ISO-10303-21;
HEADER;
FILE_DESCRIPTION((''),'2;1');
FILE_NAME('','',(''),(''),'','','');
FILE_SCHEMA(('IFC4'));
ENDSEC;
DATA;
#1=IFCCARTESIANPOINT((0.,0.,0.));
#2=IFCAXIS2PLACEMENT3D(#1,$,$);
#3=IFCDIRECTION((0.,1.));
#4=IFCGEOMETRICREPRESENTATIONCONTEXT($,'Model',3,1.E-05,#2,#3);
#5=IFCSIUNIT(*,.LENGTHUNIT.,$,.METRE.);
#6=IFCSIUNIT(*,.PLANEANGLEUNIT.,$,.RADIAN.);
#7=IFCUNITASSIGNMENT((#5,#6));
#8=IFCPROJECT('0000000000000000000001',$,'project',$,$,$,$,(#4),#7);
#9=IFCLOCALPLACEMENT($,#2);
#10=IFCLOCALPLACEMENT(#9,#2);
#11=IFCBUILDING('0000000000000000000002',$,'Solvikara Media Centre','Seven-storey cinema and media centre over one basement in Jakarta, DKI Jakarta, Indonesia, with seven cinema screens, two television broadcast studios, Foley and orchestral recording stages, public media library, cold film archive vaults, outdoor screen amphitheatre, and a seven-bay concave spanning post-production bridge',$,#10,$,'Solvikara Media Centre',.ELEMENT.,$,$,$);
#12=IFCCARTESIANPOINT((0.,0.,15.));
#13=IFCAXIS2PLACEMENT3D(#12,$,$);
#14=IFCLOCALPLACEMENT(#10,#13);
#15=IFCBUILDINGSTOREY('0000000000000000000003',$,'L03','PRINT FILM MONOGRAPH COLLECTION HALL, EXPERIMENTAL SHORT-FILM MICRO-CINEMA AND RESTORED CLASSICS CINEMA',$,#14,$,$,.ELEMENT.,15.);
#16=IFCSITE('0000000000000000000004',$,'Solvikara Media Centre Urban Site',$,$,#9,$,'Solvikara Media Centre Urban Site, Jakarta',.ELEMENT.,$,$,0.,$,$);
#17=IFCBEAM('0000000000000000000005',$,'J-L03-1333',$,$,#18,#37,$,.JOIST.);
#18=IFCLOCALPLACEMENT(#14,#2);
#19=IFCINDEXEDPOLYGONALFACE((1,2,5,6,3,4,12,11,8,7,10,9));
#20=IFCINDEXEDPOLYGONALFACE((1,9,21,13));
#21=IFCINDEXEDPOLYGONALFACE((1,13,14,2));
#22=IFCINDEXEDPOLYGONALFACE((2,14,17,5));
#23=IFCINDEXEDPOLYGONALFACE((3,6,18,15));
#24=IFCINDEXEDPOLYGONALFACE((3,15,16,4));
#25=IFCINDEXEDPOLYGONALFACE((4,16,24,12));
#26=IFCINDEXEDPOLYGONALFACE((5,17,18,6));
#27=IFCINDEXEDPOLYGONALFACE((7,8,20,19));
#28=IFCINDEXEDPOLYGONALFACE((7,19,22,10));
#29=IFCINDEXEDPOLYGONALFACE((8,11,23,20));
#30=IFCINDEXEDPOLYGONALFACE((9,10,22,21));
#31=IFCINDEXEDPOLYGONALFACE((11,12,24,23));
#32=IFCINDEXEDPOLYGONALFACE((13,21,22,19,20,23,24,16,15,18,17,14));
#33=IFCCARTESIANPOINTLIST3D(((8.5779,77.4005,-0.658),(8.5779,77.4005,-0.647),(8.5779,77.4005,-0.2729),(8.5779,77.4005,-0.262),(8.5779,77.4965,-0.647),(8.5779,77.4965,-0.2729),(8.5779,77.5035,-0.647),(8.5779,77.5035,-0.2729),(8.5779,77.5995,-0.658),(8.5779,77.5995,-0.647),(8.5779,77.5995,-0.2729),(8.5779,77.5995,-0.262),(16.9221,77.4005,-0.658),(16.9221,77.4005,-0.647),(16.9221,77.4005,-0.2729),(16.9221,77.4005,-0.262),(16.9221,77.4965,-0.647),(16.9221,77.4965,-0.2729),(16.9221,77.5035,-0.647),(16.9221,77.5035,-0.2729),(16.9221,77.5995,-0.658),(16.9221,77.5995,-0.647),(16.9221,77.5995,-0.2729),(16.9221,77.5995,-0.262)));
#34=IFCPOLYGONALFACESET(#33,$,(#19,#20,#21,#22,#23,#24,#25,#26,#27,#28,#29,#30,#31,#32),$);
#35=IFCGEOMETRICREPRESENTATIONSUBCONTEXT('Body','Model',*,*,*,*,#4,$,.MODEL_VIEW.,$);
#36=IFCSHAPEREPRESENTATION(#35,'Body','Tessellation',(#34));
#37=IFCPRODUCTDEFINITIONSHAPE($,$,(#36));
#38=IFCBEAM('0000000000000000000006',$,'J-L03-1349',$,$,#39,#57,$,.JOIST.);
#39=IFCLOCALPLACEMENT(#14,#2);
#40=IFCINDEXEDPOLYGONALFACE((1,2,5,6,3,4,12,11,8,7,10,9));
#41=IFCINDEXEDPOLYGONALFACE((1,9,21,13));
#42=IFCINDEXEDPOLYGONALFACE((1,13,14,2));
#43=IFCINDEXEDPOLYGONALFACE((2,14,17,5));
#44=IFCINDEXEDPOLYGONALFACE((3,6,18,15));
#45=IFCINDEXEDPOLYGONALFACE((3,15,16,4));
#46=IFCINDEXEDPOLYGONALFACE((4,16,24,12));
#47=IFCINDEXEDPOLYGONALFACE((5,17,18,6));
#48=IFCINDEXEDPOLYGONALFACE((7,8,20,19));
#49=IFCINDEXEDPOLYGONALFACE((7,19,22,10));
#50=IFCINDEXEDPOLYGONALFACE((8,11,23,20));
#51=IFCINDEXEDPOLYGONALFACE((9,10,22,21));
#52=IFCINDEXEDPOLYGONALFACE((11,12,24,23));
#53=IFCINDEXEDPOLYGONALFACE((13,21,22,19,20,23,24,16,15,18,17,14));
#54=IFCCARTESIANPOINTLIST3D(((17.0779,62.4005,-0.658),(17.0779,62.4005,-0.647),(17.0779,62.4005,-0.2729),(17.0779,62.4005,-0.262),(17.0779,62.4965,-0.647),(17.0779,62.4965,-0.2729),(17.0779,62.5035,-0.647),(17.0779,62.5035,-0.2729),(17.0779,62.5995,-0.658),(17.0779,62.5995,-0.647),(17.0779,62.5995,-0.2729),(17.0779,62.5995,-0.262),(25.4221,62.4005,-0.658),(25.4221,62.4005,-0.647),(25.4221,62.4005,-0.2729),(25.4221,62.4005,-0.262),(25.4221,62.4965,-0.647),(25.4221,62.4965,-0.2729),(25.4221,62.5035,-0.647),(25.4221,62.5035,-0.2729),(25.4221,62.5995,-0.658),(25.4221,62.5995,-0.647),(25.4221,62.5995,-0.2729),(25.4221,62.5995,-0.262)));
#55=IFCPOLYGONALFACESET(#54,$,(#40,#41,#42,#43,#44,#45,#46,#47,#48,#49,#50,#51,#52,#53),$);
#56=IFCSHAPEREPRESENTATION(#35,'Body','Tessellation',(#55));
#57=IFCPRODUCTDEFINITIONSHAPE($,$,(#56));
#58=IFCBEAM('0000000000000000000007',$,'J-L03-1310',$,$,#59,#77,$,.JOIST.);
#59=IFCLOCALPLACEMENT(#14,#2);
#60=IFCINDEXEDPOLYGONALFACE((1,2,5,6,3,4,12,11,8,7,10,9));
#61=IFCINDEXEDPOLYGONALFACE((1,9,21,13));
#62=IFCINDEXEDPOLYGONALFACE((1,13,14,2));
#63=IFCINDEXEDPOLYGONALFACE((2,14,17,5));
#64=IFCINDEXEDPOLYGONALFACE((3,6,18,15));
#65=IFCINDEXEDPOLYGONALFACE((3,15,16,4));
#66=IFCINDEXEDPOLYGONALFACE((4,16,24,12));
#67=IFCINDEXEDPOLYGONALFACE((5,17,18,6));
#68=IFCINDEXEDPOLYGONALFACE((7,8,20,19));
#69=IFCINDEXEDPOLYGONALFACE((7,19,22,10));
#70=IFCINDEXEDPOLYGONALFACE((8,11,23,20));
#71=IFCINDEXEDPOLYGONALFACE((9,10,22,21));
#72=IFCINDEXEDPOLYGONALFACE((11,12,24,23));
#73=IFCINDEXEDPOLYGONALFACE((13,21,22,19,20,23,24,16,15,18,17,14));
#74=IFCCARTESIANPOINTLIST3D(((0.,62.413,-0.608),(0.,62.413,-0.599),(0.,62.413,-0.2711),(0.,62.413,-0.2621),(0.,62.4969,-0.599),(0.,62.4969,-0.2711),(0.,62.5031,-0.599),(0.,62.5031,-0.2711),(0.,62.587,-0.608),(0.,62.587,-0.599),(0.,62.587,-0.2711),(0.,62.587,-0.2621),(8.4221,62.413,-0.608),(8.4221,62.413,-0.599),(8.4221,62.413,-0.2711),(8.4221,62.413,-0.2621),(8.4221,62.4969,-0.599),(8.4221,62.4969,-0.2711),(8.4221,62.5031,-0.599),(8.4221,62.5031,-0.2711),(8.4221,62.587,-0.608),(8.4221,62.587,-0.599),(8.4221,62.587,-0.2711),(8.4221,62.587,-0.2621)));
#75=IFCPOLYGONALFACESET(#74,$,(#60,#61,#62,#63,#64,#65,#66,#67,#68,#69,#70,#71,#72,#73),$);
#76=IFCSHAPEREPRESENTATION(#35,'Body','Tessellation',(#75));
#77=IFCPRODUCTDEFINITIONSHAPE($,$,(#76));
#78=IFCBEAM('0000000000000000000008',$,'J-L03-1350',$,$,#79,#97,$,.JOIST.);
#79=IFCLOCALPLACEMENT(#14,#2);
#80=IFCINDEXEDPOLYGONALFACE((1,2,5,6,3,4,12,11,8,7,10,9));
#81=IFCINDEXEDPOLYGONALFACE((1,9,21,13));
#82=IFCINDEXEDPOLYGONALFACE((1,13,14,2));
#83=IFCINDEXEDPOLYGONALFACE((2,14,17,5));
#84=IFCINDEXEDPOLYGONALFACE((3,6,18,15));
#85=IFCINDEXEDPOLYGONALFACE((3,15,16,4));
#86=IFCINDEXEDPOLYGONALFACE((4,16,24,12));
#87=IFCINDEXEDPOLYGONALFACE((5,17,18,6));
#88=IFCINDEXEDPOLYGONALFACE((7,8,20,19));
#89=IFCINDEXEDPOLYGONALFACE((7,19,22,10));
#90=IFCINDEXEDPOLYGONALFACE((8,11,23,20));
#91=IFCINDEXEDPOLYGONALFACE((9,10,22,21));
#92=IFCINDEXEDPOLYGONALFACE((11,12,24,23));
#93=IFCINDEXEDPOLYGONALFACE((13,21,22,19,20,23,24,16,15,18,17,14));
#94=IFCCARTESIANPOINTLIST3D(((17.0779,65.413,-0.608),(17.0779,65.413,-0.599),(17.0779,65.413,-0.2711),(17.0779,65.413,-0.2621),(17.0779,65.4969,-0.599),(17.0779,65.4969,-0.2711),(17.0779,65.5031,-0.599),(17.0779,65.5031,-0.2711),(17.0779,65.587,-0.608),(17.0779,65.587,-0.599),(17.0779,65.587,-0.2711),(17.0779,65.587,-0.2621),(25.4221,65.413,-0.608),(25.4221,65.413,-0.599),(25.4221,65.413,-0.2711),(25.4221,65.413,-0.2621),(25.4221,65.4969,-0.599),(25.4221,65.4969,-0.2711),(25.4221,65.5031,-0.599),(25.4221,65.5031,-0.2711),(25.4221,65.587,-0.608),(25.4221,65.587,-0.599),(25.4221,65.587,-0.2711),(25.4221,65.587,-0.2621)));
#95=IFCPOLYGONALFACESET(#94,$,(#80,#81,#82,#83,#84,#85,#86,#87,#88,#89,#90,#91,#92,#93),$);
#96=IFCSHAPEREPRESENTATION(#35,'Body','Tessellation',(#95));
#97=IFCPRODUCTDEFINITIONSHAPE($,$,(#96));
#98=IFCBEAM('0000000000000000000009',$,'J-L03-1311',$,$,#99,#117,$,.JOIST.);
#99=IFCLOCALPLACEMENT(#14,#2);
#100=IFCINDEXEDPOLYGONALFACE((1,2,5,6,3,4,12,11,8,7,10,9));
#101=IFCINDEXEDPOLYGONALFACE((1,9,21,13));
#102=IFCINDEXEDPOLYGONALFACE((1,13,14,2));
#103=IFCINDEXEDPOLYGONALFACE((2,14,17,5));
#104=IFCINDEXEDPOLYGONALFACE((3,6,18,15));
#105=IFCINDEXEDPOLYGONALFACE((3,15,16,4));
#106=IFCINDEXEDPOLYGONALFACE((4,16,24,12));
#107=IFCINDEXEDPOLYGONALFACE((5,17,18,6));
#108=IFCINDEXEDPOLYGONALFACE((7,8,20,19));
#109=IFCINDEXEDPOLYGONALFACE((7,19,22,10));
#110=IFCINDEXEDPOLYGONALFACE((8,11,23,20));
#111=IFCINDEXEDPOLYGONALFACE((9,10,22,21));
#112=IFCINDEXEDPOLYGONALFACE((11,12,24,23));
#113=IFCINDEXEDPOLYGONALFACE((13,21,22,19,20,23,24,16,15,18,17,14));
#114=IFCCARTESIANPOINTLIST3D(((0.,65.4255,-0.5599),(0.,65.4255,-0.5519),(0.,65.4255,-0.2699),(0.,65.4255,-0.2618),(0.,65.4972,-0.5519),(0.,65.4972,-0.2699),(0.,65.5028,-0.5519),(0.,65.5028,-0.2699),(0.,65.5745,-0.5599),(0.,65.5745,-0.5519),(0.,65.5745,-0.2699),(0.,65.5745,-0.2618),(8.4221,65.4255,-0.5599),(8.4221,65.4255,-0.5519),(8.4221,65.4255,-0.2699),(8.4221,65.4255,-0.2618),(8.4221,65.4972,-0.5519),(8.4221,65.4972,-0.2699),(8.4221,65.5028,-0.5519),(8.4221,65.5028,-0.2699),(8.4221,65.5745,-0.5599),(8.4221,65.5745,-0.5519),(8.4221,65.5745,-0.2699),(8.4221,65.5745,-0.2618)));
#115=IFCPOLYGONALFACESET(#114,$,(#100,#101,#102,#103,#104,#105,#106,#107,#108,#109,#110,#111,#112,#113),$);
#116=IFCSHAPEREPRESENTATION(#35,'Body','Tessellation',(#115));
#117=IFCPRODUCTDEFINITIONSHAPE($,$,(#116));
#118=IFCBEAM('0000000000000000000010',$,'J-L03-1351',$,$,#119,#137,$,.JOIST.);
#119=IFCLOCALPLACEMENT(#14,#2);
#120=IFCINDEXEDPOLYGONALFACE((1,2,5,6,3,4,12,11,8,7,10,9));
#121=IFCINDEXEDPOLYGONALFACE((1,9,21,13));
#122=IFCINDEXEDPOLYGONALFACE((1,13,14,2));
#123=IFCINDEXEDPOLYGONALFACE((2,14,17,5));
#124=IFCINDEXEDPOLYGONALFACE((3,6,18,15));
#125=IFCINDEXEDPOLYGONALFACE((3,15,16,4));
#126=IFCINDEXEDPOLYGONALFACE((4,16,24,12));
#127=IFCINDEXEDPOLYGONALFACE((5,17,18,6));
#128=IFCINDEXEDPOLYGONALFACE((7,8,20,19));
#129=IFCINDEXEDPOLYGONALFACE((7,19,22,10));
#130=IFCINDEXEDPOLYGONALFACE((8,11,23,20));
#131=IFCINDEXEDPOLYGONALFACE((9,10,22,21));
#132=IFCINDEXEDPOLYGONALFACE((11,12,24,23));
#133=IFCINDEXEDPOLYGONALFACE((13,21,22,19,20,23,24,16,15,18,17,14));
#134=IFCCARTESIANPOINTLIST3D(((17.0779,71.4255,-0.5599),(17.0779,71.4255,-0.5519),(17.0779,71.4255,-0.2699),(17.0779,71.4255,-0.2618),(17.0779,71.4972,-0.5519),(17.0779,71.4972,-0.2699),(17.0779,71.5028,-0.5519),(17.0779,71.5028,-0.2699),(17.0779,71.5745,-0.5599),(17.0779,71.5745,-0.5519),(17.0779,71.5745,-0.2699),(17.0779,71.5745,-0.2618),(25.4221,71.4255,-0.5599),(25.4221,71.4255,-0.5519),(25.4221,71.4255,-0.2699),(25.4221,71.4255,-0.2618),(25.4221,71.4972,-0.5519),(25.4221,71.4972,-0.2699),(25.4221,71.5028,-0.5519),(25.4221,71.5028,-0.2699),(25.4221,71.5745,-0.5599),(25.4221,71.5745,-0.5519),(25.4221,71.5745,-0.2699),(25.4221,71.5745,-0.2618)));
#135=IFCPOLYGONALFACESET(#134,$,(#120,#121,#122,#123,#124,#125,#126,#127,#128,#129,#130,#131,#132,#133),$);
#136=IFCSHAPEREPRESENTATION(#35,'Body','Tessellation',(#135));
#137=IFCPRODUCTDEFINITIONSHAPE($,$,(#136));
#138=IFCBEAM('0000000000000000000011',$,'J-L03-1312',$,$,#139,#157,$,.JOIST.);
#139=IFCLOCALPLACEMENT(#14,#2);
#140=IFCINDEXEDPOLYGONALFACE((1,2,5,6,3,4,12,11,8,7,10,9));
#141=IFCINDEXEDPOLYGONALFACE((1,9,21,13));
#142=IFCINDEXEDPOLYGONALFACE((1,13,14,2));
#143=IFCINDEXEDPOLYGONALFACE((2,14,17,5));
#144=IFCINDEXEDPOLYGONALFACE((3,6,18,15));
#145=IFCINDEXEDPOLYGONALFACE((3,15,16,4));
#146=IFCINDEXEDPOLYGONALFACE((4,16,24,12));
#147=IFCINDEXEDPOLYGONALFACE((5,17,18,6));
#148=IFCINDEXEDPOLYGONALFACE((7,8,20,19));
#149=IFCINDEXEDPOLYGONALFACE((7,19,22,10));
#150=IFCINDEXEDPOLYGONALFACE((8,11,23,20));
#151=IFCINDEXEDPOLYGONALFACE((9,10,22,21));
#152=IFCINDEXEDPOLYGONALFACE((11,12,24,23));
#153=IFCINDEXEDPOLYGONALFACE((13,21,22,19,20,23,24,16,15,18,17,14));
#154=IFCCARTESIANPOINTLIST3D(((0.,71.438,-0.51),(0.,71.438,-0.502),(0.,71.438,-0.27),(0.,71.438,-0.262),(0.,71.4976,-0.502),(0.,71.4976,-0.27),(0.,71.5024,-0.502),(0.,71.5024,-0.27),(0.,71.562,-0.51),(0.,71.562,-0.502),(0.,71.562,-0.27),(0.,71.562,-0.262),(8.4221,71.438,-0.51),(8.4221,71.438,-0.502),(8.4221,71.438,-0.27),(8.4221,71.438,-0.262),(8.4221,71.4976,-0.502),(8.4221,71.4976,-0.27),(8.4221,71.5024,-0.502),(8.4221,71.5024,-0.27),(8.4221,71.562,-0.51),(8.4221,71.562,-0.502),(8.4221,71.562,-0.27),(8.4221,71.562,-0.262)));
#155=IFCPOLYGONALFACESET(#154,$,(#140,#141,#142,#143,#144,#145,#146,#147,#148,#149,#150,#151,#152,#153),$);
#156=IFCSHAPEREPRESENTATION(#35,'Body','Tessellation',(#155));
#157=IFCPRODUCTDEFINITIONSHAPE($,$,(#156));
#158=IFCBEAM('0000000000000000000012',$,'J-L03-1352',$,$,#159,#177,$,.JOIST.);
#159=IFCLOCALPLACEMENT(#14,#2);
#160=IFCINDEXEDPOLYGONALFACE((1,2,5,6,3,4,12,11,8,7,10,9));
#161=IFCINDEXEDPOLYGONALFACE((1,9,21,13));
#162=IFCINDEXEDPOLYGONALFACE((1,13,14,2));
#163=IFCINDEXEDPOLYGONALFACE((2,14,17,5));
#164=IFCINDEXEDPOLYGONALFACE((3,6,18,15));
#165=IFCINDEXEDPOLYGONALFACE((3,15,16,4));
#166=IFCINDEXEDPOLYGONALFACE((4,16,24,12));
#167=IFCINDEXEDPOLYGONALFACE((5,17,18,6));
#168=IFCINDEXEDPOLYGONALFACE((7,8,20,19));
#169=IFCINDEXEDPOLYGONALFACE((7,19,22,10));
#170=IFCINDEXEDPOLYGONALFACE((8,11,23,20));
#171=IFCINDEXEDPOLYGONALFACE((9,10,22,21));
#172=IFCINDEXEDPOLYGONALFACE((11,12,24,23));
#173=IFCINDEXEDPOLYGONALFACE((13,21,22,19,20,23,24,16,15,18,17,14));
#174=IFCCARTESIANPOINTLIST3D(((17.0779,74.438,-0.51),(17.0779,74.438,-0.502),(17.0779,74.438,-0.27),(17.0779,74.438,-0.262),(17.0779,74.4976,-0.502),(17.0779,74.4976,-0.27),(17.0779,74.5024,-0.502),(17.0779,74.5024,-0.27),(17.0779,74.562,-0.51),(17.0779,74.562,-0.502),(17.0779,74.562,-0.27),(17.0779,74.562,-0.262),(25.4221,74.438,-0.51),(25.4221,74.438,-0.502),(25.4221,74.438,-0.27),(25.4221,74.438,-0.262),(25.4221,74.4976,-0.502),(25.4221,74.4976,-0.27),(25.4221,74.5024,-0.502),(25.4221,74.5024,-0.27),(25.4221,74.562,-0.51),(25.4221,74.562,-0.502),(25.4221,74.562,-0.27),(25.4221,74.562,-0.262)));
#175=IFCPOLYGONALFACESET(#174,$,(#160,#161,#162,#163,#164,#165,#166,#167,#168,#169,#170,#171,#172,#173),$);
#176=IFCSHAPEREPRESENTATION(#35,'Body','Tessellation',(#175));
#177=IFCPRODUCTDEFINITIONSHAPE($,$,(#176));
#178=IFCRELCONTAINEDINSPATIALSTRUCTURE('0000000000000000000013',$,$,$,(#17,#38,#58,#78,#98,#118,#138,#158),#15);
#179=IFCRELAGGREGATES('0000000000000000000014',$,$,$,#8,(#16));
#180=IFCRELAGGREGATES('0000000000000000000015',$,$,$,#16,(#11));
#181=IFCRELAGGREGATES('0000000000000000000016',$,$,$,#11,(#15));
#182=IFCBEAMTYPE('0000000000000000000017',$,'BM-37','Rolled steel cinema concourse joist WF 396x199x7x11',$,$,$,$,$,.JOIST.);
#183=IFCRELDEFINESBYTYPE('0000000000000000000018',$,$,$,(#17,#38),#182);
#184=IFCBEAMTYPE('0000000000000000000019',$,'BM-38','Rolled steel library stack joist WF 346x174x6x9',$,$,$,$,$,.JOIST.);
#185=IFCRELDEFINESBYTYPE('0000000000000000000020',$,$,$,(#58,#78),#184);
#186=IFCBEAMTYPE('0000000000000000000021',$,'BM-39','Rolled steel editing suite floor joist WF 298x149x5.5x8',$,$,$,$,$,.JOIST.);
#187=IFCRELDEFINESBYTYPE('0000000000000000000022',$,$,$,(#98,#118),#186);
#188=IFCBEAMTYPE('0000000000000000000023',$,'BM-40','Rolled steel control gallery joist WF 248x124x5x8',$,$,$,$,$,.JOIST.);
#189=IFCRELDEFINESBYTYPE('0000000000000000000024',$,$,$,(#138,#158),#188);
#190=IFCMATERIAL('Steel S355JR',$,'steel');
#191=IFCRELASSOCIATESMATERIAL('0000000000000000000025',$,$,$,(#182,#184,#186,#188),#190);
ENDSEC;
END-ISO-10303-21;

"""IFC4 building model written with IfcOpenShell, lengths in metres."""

from ifc_helpers import new_model, si_unit, direction, frame, origin, origin_2d, place, context, subcontext, project, spatial, i_section, extrude, material, material_profile, profile_set, type_object, element, save


model = new_model("IFC4")

# Units and contexts
model_context = context("Model", 3, precision=1e-05, world=origin(), true_north=direction((0.0, 1.0)))
body_context = subcontext(model_context, "Body", "Model", "MODEL_VIEW")
ifc_project = project(units=[si_unit("LENGTHUNIT", "METRE"), si_unit("PLANEANGLEUNIT", "RADIAN")], contexts=[model_context])

# Site, building, storey
site_placement = place(None, origin())
site = spatial("IfcSite", under=ifc_project, at=site_placement, Name="Solvikara Media Centre Urban Site", LongName="Solvikara Media Centre Urban Site, Jakarta", CompositionType="ELEMENT", RefElevation=0.0)
building_placement = place(site_placement, origin())
building = spatial("IfcBuilding", under=site, at=building_placement, Name="Solvikara Media Centre", Description="Seven-storey cinema and media centre over one basement in Jakarta, DKI Jakarta, Indonesia, with seven cinema screens, two television broadcast studios, Foley and orchestral recording stages, public media library, cold film archive vaults, outdoor screen amphitheatre, and a seven-bay concave spanning post-production bridge", LongName="Solvikara Media Centre", CompositionType="ELEMENT")
storey_placement = place(building_placement, frame((0.0, 0.0, 15.0)))
storey = spatial("IfcBuildingStorey", under=building, at=storey_placement, Name="L03", Description="PRINT FILM MONOGRAPH COLLECTION HALL, EXPERIMENTAL SHORT-FILM MICRO-CINEMA AND RESTORED CLASSICS CINEMA", CompositionType="ELEMENT", Elevation=15.0)

# Shared definitions
ifc_material_1 = material(Name="Steel S355JR", Category="steel")

# Beams
ifc_material_profile_1 = material_profile(ifc_material_1, i_section(OverallWidth=0.199, OverallDepth=0.396, WebThickness=0.0071, FlangeThickness=0.011, at=origin_2d()), Name="WF 396x199x7x11")
ifc_profile_set_1 = profile_set([ifc_material_profile_1], Name="Steel S355JR")
beam_type_1 = type_object("IfcBeamType", Name="BM-37", Description="Rolled steel cinema concourse joist WF 396x199x7x11", PredefinedType="JOIST", material=ifc_profile_set_1)
for number, where, z_axis, x_axis, name in (
    (1, (8.5779, 77.5, -0.46), (1.0, 0.0, 0.0), (0.0, 1.0, 0.0), "J-L03-1333"),
    (2, (17.0779, 62.5, -0.46), (1.0, 0.0, 0.0), (0.0, 1.0, 0.0), "J-L03-1349"),
):
    element("IfcBeam", number, at=place(storey_placement, frame(where, z_axis=z_axis, x_axis=x_axis)), inside=storey, type_object=beam_type_1, Name=name, PredefinedType="JOIST", context=body_context, shape_type="SweptSolid", body=[
        extrude(i_section(OverallWidth=0.199, OverallDepth=0.396, WebThickness=0.0071, FlangeThickness=0.011, at=origin_2d()), origin(), (0.0, 0.0, 1.0), 8.3442),
    ])
ifc_material_profile_2 = material_profile(ifc_material_1, i_section(OverallWidth=0.1741, OverallDepth=0.3459, WebThickness=0.0061, FlangeThickness=0.009, at=origin_2d()), Name="WF 346x174x6x9")
ifc_profile_set_2 = profile_set([ifc_material_profile_2], Name="Steel S355JR")
beam_type_2 = type_object("IfcBeamType", Name="BM-38", Description="Rolled steel library stack joist WF 346x174x6x9", PredefinedType="JOIST", material=ifc_profile_set_2)
beam_1_placement = place(storey_placement, frame((0.0, 62.5, -0.4351), z_axis=(1.0, 0.0, 0.0), x_axis=(0.0, 1.0, 0.0)))
element("IfcBeam", 3, at=beam_1_placement, inside=storey, type_object=beam_type_2, Name="J-L03-1310", PredefinedType="JOIST", context=body_context, shape_type="SweptSolid", body=[
    extrude(i_section(OverallWidth=0.1741, OverallDepth=0.3459, WebThickness=0.0061, FlangeThickness=0.009, at=origin_2d()), origin(), (0.0, 0.0, 1.0), 8.4221),
])
beam_2_placement = place(storey_placement, frame((17.0779, 65.5, -0.4351), z_axis=(1.0, 0.0, 0.0), x_axis=(0.0, 1.0, 0.0)))
element("IfcBeam", 4, at=beam_2_placement, inside=storey, type_object=beam_type_2, Name="J-L03-1350", PredefinedType="JOIST", context=body_context, shape_type="SweptSolid", body=[
    extrude(i_section(OverallWidth=0.1741, OverallDepth=0.3459, WebThickness=0.0061, FlangeThickness=0.009, at=origin_2d()), origin(), (0.0, 0.0, 1.0), 8.3442),
])
ifc_material_profile_3 = material_profile(ifc_material_1, i_section(OverallWidth=0.1489, OverallDepth=0.2981, WebThickness=0.0056, FlangeThickness=0.0081, at=origin_2d()), Name="WF 298x149x5.5x8")
ifc_profile_set_3 = profile_set([ifc_material_profile_3], Name="Steel S355JR")
beam_type_3 = type_object("IfcBeamType", Name="BM-39", Description="Rolled steel editing suite floor joist WF 298x149x5.5x8", PredefinedType="JOIST", material=ifc_profile_set_3)
beam_3_placement = place(storey_placement, frame((0.0, 65.5, -0.4109), z_axis=(1.0, 0.0, 0.0), x_axis=(0.0, 1.0, 0.0)))
element("IfcBeam", 5, at=beam_3_placement, inside=storey, type_object=beam_type_3, Name="J-L03-1311", PredefinedType="JOIST", context=body_context, shape_type="SweptSolid", body=[
    extrude(i_section(OverallWidth=0.1489, OverallDepth=0.2981, WebThickness=0.0056, FlangeThickness=0.0081, at=origin_2d()), origin(), (0.0, 0.0, 1.0), 8.4221),
])
beam_4_placement = place(storey_placement, frame((17.0779, 71.5, -0.4109), z_axis=(1.0, 0.0, 0.0), x_axis=(0.0, 1.0, 0.0)))
element("IfcBeam", 6, at=beam_4_placement, inside=storey, type_object=beam_type_3, Name="J-L03-1351", PredefinedType="JOIST", context=body_context, shape_type="SweptSolid", body=[
    extrude(i_section(OverallWidth=0.1489, OverallDepth=0.2981, WebThickness=0.0056, FlangeThickness=0.0081, at=origin_2d()), origin(), (0.0, 0.0, 1.0), 8.3442),
])
ifc_material_profile_4 = material_profile(ifc_material_1, i_section(OverallWidth=0.124, OverallDepth=0.248, WebThickness=0.0049, FlangeThickness=0.0081, at=origin_2d()), Name="WF 248x124x5x8")
ifc_profile_set_4 = profile_set([ifc_material_profile_4], Name="Steel S355JR")
beam_type_4 = type_object("IfcBeamType", Name="BM-40", Description="Rolled steel control gallery joist WF 248x124x5x8", PredefinedType="JOIST", material=ifc_profile_set_4)
beam_5_placement = place(storey_placement, frame((0.0, 71.5, -0.386), z_axis=(1.0, 0.0, 0.0), x_axis=(0.0, 1.0, 0.0)))
element("IfcBeam", 7, at=beam_5_placement, inside=storey, type_object=beam_type_4, Name="J-L03-1312", PredefinedType="JOIST", context=body_context, shape_type="SweptSolid", body=[
    extrude(i_section(OverallWidth=0.124, OverallDepth=0.248, WebThickness=0.0049, FlangeThickness=0.0081, at=origin_2d()), origin(), (0.0, 0.0, 1.0), 8.4221),
])
beam_6_placement = place(storey_placement, frame((17.0779, 74.5, -0.386), z_axis=(1.0, 0.0, 0.0), x_axis=(0.0, 1.0, 0.0)))
element("IfcBeam", 8, at=beam_6_placement, inside=storey, type_object=beam_type_4, Name="J-L03-1352", PredefinedType="JOIST", context=body_context, shape_type="SweptSolid", body=[
    extrude(i_section(OverallWidth=0.124, OverallDepth=0.248, WebThickness=0.0049, FlangeThickness=0.0081, at=origin_2d()), origin(), (0.0, 0.0, 1.0), 8.3442),
])

save(model, "model.ifc")
